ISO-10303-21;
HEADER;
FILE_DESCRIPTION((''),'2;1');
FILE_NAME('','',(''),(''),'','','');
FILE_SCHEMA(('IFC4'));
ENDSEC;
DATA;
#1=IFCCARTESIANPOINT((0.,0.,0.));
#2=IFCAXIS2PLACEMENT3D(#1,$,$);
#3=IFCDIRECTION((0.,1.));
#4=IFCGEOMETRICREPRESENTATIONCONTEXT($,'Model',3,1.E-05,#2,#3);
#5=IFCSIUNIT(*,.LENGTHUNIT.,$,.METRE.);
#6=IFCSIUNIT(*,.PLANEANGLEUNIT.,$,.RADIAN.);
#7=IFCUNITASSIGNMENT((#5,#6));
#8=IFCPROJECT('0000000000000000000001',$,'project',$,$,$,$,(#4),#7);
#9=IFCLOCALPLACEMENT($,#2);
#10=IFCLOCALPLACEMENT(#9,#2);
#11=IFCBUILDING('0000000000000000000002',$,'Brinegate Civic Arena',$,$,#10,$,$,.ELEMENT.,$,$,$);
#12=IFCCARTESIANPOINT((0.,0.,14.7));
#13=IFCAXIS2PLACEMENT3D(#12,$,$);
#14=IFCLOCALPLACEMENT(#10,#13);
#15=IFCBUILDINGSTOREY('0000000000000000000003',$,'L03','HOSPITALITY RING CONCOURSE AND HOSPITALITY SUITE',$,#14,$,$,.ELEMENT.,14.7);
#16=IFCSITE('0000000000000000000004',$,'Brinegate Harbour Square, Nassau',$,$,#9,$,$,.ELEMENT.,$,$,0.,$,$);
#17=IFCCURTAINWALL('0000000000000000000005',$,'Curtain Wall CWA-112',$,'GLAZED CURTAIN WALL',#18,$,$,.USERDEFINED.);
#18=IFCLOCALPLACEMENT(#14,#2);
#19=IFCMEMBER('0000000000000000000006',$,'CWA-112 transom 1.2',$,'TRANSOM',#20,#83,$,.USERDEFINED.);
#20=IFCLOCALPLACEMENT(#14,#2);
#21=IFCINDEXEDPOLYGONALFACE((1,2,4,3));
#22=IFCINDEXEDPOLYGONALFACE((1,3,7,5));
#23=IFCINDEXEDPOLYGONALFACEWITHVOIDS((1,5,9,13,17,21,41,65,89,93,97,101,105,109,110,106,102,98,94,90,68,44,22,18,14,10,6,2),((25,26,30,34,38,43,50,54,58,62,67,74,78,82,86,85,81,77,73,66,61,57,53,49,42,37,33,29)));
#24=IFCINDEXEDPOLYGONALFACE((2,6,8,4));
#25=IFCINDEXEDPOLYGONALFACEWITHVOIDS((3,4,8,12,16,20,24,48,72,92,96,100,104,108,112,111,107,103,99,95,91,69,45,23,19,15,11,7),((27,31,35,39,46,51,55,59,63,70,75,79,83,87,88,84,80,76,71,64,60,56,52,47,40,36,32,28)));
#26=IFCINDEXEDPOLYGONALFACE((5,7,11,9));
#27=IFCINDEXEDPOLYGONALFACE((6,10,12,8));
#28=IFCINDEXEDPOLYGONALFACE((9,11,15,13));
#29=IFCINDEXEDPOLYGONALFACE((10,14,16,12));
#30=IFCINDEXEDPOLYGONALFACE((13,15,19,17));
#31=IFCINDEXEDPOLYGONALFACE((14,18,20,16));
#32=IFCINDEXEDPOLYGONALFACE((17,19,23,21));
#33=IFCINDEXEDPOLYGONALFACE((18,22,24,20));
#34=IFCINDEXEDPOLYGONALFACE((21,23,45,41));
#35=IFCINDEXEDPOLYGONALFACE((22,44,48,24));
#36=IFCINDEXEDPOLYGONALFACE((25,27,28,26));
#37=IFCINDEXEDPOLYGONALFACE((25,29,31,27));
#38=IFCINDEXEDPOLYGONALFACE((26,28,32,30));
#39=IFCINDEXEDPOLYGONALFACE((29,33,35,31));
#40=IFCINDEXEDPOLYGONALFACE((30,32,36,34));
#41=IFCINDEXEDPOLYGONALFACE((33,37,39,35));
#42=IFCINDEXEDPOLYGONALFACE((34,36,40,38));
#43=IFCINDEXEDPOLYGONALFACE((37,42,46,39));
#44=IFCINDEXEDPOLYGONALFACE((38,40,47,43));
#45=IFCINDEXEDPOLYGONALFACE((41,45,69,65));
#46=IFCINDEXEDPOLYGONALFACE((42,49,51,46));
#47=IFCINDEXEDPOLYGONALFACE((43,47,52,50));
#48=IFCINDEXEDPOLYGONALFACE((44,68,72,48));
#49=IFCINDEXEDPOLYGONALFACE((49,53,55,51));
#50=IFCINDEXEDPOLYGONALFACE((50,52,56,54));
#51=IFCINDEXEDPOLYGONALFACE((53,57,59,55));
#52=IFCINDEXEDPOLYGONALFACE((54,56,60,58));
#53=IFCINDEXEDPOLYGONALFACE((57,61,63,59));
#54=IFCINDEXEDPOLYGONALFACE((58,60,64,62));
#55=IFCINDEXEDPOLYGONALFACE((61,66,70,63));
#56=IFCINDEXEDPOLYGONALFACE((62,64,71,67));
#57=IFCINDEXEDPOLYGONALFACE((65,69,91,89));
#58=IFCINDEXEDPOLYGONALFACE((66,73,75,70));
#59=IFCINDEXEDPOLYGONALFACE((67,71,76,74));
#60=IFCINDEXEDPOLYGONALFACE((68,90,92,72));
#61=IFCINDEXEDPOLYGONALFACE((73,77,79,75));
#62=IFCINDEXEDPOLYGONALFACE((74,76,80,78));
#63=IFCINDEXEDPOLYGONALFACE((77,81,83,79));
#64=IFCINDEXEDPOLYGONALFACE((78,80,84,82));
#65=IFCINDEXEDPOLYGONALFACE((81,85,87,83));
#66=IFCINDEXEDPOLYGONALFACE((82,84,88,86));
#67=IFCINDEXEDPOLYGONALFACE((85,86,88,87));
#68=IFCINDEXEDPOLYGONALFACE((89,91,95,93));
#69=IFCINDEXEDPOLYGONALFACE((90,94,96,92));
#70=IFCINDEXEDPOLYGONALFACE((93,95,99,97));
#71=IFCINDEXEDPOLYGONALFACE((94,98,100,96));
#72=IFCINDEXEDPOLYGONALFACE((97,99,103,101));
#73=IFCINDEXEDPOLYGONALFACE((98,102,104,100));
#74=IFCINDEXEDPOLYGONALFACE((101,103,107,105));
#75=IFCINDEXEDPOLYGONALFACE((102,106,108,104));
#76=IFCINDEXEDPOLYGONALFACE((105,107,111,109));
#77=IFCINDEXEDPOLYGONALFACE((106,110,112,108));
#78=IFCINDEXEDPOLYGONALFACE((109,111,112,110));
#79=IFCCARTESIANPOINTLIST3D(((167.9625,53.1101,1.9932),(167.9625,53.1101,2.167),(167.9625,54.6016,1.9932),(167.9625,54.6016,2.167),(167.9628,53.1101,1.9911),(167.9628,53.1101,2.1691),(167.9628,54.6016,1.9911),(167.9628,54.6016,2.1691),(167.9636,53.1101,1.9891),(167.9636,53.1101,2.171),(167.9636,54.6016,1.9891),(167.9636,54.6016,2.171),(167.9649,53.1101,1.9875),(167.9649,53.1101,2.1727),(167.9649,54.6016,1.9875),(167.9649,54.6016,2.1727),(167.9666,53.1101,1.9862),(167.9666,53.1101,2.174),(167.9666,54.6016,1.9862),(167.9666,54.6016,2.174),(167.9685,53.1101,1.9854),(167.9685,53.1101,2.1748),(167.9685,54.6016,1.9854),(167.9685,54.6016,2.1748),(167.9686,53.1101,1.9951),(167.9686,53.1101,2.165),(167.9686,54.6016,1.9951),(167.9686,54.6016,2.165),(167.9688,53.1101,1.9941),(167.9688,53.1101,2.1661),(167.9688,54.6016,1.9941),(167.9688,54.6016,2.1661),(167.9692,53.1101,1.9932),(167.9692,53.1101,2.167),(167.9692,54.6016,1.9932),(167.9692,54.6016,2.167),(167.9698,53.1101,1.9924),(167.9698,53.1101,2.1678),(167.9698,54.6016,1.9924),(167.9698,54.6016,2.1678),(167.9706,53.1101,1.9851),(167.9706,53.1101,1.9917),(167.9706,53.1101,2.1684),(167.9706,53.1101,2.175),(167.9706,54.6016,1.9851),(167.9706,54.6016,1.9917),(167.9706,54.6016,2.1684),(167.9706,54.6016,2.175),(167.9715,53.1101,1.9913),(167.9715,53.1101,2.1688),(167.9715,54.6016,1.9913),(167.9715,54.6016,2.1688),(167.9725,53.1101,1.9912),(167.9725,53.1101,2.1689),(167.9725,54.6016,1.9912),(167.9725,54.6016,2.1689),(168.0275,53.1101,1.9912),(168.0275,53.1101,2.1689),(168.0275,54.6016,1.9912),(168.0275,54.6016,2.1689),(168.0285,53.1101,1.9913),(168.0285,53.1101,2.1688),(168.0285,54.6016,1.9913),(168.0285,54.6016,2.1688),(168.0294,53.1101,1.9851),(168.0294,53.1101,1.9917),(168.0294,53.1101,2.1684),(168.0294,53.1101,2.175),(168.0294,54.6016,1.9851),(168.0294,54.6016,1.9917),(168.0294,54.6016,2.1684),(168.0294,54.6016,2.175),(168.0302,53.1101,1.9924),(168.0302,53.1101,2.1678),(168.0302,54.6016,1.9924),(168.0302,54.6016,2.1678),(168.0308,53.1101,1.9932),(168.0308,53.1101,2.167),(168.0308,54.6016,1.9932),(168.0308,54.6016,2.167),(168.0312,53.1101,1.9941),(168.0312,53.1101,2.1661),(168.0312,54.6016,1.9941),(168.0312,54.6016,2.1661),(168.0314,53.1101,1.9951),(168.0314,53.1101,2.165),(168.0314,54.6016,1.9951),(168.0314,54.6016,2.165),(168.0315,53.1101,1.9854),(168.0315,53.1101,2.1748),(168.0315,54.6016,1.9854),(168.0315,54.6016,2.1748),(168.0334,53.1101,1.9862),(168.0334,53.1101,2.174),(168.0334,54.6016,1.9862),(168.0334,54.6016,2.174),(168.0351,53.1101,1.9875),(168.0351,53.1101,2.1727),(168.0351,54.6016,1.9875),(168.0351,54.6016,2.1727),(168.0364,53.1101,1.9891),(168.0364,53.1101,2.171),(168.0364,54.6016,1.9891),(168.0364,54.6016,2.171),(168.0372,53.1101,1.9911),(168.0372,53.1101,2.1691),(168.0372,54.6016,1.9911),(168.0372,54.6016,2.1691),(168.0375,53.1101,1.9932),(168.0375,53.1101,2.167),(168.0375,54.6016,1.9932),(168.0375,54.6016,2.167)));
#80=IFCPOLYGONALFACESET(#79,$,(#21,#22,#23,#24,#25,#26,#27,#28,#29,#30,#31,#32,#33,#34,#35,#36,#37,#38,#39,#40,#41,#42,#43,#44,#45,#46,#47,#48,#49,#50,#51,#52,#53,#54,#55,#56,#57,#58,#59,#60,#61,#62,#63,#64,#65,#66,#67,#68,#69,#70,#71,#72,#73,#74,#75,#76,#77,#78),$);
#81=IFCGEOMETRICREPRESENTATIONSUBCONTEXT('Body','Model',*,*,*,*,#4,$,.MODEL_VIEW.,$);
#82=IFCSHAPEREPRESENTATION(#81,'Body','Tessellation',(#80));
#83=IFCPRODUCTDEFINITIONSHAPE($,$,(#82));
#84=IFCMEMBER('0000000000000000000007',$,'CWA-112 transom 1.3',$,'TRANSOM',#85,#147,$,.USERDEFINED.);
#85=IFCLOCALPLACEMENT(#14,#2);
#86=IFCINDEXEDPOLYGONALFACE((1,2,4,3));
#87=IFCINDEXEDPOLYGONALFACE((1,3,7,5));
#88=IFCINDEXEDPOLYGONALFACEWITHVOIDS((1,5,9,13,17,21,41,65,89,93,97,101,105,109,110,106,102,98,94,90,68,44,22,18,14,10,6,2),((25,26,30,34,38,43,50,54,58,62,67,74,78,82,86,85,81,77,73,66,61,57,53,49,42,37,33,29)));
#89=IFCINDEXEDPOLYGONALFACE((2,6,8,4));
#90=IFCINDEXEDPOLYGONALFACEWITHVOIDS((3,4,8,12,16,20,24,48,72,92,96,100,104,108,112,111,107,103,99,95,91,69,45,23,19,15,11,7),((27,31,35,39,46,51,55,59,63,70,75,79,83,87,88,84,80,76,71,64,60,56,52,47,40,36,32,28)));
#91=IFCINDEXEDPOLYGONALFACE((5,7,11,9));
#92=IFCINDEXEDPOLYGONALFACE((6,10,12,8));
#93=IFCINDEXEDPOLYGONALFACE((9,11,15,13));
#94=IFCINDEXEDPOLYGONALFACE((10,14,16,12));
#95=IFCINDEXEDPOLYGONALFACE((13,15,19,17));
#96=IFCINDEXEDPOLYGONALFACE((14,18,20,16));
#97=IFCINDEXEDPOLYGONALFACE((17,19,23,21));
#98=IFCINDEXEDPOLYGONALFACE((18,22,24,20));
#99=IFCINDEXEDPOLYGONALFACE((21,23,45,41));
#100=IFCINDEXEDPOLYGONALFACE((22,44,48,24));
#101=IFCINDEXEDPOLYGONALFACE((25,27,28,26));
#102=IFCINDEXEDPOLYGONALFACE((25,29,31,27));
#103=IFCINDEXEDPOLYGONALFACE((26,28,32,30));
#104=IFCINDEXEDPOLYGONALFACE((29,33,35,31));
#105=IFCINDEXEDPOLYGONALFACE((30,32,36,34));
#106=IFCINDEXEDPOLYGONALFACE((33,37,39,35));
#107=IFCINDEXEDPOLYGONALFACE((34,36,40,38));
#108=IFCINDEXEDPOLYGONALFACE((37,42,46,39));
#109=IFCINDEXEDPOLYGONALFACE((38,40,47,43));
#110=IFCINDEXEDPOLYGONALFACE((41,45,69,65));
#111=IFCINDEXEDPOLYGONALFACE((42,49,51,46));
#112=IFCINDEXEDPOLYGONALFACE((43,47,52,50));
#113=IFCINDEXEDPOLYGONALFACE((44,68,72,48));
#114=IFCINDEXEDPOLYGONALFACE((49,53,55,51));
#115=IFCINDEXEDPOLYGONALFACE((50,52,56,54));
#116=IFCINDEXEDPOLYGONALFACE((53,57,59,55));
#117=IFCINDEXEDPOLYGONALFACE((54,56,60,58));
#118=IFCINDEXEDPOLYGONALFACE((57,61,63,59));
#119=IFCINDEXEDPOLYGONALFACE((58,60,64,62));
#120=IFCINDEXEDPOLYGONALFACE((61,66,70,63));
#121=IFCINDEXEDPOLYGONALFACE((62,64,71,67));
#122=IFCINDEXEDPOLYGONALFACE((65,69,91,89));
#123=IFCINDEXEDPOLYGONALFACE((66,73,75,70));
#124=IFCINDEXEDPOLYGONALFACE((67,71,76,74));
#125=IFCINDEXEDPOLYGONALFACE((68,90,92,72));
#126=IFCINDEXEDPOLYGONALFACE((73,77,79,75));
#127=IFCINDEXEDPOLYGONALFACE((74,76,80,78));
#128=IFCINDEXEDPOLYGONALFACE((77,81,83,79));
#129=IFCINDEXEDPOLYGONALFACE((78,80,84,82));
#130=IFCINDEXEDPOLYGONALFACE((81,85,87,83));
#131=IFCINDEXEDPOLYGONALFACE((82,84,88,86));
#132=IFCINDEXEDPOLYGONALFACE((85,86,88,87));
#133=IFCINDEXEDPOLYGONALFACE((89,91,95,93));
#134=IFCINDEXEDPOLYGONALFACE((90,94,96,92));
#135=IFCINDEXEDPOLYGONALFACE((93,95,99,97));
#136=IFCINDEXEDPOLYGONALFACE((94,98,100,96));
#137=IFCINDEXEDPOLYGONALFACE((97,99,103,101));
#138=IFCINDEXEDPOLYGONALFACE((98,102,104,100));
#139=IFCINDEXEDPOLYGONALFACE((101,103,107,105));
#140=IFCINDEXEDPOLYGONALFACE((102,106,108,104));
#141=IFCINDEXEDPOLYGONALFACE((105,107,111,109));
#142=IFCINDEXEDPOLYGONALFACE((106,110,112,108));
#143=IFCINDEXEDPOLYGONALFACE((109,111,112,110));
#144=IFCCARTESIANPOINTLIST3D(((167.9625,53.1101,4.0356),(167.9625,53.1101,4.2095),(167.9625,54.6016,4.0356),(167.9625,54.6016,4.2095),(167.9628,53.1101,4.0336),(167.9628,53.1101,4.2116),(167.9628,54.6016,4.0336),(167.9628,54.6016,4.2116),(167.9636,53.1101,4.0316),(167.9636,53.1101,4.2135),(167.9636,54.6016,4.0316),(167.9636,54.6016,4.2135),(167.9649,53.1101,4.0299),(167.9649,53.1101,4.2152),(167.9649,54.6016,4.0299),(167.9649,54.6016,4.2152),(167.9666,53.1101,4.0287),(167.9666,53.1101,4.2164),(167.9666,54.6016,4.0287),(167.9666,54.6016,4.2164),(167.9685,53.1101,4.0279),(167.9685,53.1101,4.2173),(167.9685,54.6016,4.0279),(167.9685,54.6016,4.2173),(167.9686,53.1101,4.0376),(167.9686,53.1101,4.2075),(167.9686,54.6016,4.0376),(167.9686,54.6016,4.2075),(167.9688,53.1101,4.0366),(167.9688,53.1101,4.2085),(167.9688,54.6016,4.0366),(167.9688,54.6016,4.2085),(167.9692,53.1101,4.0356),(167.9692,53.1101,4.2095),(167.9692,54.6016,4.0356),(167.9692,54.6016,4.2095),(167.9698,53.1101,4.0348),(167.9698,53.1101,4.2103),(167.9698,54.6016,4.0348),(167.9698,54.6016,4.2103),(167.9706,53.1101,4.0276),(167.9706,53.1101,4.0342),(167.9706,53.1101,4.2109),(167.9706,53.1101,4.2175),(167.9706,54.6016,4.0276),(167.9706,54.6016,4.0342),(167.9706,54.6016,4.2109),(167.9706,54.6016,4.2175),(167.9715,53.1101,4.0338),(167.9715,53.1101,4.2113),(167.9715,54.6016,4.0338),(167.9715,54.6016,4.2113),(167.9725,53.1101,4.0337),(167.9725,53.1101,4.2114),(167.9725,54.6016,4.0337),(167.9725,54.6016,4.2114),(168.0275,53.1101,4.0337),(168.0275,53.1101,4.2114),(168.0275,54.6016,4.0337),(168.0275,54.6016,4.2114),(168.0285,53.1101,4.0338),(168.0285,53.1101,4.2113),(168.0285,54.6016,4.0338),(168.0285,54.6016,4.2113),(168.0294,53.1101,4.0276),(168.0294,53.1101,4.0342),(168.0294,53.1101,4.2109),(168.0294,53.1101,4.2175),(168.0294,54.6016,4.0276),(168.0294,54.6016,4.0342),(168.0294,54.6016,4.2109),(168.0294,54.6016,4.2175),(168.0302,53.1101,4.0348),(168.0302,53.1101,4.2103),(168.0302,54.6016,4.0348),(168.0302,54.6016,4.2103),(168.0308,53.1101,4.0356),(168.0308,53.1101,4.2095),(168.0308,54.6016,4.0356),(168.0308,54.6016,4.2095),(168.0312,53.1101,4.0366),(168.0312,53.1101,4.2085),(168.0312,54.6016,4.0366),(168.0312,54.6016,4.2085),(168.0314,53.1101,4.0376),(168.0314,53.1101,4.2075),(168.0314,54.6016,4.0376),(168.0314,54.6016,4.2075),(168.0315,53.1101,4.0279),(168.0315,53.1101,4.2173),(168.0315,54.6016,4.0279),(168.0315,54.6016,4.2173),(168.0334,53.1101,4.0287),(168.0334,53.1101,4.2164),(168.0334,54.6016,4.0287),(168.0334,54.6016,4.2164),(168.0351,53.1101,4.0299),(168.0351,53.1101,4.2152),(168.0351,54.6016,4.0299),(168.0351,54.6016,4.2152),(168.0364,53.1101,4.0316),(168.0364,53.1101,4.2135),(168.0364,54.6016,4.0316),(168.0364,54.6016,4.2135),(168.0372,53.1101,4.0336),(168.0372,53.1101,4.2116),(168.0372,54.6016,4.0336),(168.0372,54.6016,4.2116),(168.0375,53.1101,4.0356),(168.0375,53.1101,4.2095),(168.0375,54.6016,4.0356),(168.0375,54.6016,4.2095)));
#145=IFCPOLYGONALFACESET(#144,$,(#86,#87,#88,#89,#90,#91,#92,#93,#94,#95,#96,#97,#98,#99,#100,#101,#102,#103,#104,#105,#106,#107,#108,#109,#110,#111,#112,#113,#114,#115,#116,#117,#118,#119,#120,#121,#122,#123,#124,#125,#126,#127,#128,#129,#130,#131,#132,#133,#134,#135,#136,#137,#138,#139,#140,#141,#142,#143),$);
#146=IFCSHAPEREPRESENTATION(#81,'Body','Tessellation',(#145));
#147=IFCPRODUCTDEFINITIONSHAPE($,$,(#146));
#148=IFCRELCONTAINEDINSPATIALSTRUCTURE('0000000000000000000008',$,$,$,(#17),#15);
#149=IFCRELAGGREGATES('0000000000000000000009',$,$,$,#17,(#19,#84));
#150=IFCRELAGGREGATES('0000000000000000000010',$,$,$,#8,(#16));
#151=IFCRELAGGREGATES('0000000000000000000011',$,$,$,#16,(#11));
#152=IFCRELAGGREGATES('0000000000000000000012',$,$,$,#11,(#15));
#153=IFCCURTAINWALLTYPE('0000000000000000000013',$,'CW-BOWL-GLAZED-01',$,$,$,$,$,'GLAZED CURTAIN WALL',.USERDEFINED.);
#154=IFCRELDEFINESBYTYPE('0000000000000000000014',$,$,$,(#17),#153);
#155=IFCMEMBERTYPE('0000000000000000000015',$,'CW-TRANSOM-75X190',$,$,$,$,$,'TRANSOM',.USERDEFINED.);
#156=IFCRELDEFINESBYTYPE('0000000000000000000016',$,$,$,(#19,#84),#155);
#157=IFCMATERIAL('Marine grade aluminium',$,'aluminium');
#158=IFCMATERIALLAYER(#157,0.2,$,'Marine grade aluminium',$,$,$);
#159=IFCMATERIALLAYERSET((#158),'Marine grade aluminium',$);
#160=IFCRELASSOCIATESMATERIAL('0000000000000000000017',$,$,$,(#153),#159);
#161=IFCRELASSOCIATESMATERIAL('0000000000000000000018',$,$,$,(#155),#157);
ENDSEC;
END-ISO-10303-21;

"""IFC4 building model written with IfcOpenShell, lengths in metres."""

from ifc_helpers import new_model, si_unit, direction, frame, origin, origin_2d, place, context, subcontext, project, spatial, hollow_rectangle, extrude, material, layer, layer_set, material_profile, profile_set, type_object, element, aggregate, save


model = new_model("IFC4")

# Units and contexts
model_context = context("Model", 3, precision=1e-05, world=origin(), true_north=direction((0.0, 1.0)))
body_context = subcontext(model_context, "Body", "Model", "MODEL_VIEW")
ifc_project = project(units=[si_unit("LENGTHUNIT", "METRE"), si_unit("PLANEANGLEUNIT", "RADIAN")], contexts=[model_context])

# Site, building, storey
site_placement = place(None, origin())
site = spatial("IfcSite", under=ifc_project, at=site_placement, Name="Brinegate Harbour Square, Nassau", CompositionType="ELEMENT", RefElevation=0.0)
building_placement = place(site_placement, origin())
building = spatial("IfcBuilding", under=site, at=building_placement, Name="Brinegate Civic Arena", CompositionType="ELEMENT")
storey_placement = place(building_placement, frame((0.0, 0.0, 14.7)))
storey = spatial("IfcBuildingStorey", under=building, at=storey_placement, Name="L03", Description="HOSPITALITY RING CONCOURSE AND HOSPITALITY SUITE", CompositionType="ELEMENT", Elevation=14.7)

# Curtain wall
ifc_material_1 = material(Name="Marine grade aluminium", Category="aluminium")
ifc_layer_1 = layer(ifc_material_1, 0.2, Name="Marine grade aluminium")
ifc_layer_set_1 = layer_set([ifc_layer_1], Name="Marine grade aluminium")
curtain_wall_type = type_object("IfcCurtainWallType", Name="CW-BOWL-GLAZED-01", ElementType="GLAZED CURTAIN WALL", PredefinedType="USERDEFINED", material=ifc_layer_set_1)
curtain_wall_1_placement = place(storey_placement, origin())
curtain_wall_1 = element("IfcCurtainWall", 1, at=curtain_wall_1_placement, inside=storey, type_object=curtain_wall_type, Name="Curtain Wall CWA-112", ObjectType="GLAZED CURTAIN WALL", PredefinedType="USERDEFINED")

# Members
ifc_material_profile_1 = material_profile(ifc_material_1, hollow_rectangle(XDim=0.075, YDim=0.1899, WallThickness=0.0061, InnerFilletRadius=0.0039, OuterFilletRadius=0.0081, at=origin_2d()), Name="TRN75X190")
ifc_profile_set_1 = profile_set([ifc_material_profile_1], Name="Marine grade aluminium")
member_type_1 = type_object("IfcMemberType", Name="CW-TRANSOM-75X190", ElementType="TRANSOM", PredefinedType="USERDEFINED", material=ifc_profile_set_1)
member_1_placement = place(storey_placement, frame((168.0, 53.1101, 2.0801), z_axis=(0.0, 1.0, 0.0), x_axis=(-1.0, 0.0, 0.0)))
member_1 = element("IfcMember", 2, at=member_1_placement, type_object=member_type_1, Name="CWA-112 transom 1.2", ObjectType="TRANSOM", PredefinedType="USERDEFINED", context=body_context, shape_type="SweptSolid", body=[
    extrude(hollow_rectangle(XDim=0.075, YDim=0.1899, WallThickness=0.0061, InnerFilletRadius=0.0039, OuterFilletRadius=0.0081, at=origin_2d()), origin(), (0.0, 0.0, 1.0), 1.4915),
])
member_2_placement = place(storey_placement, frame((168.0, 53.1101, 4.1226), z_axis=(0.0, 1.0, 0.0), x_axis=(-1.0, 0.0, 0.0)))
member_2 = element("IfcMember", 3, at=member_2_placement, type_object=member_type_1, Name="CWA-112 transom 1.3", ObjectType="TRANSOM", PredefinedType="USERDEFINED", context=body_context, shape_type="SweptSolid", body=[
    extrude(hollow_rectangle(XDim=0.075, YDim=0.1899, WallThickness=0.0061, InnerFilletRadius=0.0039, OuterFilletRadius=0.0081, at=origin_2d()), origin(), (0.0, 0.0, 1.0), 1.4915),
])

aggregate(curtain_wall_1, [member_1, member_2])

save(model, "model.ifc")
